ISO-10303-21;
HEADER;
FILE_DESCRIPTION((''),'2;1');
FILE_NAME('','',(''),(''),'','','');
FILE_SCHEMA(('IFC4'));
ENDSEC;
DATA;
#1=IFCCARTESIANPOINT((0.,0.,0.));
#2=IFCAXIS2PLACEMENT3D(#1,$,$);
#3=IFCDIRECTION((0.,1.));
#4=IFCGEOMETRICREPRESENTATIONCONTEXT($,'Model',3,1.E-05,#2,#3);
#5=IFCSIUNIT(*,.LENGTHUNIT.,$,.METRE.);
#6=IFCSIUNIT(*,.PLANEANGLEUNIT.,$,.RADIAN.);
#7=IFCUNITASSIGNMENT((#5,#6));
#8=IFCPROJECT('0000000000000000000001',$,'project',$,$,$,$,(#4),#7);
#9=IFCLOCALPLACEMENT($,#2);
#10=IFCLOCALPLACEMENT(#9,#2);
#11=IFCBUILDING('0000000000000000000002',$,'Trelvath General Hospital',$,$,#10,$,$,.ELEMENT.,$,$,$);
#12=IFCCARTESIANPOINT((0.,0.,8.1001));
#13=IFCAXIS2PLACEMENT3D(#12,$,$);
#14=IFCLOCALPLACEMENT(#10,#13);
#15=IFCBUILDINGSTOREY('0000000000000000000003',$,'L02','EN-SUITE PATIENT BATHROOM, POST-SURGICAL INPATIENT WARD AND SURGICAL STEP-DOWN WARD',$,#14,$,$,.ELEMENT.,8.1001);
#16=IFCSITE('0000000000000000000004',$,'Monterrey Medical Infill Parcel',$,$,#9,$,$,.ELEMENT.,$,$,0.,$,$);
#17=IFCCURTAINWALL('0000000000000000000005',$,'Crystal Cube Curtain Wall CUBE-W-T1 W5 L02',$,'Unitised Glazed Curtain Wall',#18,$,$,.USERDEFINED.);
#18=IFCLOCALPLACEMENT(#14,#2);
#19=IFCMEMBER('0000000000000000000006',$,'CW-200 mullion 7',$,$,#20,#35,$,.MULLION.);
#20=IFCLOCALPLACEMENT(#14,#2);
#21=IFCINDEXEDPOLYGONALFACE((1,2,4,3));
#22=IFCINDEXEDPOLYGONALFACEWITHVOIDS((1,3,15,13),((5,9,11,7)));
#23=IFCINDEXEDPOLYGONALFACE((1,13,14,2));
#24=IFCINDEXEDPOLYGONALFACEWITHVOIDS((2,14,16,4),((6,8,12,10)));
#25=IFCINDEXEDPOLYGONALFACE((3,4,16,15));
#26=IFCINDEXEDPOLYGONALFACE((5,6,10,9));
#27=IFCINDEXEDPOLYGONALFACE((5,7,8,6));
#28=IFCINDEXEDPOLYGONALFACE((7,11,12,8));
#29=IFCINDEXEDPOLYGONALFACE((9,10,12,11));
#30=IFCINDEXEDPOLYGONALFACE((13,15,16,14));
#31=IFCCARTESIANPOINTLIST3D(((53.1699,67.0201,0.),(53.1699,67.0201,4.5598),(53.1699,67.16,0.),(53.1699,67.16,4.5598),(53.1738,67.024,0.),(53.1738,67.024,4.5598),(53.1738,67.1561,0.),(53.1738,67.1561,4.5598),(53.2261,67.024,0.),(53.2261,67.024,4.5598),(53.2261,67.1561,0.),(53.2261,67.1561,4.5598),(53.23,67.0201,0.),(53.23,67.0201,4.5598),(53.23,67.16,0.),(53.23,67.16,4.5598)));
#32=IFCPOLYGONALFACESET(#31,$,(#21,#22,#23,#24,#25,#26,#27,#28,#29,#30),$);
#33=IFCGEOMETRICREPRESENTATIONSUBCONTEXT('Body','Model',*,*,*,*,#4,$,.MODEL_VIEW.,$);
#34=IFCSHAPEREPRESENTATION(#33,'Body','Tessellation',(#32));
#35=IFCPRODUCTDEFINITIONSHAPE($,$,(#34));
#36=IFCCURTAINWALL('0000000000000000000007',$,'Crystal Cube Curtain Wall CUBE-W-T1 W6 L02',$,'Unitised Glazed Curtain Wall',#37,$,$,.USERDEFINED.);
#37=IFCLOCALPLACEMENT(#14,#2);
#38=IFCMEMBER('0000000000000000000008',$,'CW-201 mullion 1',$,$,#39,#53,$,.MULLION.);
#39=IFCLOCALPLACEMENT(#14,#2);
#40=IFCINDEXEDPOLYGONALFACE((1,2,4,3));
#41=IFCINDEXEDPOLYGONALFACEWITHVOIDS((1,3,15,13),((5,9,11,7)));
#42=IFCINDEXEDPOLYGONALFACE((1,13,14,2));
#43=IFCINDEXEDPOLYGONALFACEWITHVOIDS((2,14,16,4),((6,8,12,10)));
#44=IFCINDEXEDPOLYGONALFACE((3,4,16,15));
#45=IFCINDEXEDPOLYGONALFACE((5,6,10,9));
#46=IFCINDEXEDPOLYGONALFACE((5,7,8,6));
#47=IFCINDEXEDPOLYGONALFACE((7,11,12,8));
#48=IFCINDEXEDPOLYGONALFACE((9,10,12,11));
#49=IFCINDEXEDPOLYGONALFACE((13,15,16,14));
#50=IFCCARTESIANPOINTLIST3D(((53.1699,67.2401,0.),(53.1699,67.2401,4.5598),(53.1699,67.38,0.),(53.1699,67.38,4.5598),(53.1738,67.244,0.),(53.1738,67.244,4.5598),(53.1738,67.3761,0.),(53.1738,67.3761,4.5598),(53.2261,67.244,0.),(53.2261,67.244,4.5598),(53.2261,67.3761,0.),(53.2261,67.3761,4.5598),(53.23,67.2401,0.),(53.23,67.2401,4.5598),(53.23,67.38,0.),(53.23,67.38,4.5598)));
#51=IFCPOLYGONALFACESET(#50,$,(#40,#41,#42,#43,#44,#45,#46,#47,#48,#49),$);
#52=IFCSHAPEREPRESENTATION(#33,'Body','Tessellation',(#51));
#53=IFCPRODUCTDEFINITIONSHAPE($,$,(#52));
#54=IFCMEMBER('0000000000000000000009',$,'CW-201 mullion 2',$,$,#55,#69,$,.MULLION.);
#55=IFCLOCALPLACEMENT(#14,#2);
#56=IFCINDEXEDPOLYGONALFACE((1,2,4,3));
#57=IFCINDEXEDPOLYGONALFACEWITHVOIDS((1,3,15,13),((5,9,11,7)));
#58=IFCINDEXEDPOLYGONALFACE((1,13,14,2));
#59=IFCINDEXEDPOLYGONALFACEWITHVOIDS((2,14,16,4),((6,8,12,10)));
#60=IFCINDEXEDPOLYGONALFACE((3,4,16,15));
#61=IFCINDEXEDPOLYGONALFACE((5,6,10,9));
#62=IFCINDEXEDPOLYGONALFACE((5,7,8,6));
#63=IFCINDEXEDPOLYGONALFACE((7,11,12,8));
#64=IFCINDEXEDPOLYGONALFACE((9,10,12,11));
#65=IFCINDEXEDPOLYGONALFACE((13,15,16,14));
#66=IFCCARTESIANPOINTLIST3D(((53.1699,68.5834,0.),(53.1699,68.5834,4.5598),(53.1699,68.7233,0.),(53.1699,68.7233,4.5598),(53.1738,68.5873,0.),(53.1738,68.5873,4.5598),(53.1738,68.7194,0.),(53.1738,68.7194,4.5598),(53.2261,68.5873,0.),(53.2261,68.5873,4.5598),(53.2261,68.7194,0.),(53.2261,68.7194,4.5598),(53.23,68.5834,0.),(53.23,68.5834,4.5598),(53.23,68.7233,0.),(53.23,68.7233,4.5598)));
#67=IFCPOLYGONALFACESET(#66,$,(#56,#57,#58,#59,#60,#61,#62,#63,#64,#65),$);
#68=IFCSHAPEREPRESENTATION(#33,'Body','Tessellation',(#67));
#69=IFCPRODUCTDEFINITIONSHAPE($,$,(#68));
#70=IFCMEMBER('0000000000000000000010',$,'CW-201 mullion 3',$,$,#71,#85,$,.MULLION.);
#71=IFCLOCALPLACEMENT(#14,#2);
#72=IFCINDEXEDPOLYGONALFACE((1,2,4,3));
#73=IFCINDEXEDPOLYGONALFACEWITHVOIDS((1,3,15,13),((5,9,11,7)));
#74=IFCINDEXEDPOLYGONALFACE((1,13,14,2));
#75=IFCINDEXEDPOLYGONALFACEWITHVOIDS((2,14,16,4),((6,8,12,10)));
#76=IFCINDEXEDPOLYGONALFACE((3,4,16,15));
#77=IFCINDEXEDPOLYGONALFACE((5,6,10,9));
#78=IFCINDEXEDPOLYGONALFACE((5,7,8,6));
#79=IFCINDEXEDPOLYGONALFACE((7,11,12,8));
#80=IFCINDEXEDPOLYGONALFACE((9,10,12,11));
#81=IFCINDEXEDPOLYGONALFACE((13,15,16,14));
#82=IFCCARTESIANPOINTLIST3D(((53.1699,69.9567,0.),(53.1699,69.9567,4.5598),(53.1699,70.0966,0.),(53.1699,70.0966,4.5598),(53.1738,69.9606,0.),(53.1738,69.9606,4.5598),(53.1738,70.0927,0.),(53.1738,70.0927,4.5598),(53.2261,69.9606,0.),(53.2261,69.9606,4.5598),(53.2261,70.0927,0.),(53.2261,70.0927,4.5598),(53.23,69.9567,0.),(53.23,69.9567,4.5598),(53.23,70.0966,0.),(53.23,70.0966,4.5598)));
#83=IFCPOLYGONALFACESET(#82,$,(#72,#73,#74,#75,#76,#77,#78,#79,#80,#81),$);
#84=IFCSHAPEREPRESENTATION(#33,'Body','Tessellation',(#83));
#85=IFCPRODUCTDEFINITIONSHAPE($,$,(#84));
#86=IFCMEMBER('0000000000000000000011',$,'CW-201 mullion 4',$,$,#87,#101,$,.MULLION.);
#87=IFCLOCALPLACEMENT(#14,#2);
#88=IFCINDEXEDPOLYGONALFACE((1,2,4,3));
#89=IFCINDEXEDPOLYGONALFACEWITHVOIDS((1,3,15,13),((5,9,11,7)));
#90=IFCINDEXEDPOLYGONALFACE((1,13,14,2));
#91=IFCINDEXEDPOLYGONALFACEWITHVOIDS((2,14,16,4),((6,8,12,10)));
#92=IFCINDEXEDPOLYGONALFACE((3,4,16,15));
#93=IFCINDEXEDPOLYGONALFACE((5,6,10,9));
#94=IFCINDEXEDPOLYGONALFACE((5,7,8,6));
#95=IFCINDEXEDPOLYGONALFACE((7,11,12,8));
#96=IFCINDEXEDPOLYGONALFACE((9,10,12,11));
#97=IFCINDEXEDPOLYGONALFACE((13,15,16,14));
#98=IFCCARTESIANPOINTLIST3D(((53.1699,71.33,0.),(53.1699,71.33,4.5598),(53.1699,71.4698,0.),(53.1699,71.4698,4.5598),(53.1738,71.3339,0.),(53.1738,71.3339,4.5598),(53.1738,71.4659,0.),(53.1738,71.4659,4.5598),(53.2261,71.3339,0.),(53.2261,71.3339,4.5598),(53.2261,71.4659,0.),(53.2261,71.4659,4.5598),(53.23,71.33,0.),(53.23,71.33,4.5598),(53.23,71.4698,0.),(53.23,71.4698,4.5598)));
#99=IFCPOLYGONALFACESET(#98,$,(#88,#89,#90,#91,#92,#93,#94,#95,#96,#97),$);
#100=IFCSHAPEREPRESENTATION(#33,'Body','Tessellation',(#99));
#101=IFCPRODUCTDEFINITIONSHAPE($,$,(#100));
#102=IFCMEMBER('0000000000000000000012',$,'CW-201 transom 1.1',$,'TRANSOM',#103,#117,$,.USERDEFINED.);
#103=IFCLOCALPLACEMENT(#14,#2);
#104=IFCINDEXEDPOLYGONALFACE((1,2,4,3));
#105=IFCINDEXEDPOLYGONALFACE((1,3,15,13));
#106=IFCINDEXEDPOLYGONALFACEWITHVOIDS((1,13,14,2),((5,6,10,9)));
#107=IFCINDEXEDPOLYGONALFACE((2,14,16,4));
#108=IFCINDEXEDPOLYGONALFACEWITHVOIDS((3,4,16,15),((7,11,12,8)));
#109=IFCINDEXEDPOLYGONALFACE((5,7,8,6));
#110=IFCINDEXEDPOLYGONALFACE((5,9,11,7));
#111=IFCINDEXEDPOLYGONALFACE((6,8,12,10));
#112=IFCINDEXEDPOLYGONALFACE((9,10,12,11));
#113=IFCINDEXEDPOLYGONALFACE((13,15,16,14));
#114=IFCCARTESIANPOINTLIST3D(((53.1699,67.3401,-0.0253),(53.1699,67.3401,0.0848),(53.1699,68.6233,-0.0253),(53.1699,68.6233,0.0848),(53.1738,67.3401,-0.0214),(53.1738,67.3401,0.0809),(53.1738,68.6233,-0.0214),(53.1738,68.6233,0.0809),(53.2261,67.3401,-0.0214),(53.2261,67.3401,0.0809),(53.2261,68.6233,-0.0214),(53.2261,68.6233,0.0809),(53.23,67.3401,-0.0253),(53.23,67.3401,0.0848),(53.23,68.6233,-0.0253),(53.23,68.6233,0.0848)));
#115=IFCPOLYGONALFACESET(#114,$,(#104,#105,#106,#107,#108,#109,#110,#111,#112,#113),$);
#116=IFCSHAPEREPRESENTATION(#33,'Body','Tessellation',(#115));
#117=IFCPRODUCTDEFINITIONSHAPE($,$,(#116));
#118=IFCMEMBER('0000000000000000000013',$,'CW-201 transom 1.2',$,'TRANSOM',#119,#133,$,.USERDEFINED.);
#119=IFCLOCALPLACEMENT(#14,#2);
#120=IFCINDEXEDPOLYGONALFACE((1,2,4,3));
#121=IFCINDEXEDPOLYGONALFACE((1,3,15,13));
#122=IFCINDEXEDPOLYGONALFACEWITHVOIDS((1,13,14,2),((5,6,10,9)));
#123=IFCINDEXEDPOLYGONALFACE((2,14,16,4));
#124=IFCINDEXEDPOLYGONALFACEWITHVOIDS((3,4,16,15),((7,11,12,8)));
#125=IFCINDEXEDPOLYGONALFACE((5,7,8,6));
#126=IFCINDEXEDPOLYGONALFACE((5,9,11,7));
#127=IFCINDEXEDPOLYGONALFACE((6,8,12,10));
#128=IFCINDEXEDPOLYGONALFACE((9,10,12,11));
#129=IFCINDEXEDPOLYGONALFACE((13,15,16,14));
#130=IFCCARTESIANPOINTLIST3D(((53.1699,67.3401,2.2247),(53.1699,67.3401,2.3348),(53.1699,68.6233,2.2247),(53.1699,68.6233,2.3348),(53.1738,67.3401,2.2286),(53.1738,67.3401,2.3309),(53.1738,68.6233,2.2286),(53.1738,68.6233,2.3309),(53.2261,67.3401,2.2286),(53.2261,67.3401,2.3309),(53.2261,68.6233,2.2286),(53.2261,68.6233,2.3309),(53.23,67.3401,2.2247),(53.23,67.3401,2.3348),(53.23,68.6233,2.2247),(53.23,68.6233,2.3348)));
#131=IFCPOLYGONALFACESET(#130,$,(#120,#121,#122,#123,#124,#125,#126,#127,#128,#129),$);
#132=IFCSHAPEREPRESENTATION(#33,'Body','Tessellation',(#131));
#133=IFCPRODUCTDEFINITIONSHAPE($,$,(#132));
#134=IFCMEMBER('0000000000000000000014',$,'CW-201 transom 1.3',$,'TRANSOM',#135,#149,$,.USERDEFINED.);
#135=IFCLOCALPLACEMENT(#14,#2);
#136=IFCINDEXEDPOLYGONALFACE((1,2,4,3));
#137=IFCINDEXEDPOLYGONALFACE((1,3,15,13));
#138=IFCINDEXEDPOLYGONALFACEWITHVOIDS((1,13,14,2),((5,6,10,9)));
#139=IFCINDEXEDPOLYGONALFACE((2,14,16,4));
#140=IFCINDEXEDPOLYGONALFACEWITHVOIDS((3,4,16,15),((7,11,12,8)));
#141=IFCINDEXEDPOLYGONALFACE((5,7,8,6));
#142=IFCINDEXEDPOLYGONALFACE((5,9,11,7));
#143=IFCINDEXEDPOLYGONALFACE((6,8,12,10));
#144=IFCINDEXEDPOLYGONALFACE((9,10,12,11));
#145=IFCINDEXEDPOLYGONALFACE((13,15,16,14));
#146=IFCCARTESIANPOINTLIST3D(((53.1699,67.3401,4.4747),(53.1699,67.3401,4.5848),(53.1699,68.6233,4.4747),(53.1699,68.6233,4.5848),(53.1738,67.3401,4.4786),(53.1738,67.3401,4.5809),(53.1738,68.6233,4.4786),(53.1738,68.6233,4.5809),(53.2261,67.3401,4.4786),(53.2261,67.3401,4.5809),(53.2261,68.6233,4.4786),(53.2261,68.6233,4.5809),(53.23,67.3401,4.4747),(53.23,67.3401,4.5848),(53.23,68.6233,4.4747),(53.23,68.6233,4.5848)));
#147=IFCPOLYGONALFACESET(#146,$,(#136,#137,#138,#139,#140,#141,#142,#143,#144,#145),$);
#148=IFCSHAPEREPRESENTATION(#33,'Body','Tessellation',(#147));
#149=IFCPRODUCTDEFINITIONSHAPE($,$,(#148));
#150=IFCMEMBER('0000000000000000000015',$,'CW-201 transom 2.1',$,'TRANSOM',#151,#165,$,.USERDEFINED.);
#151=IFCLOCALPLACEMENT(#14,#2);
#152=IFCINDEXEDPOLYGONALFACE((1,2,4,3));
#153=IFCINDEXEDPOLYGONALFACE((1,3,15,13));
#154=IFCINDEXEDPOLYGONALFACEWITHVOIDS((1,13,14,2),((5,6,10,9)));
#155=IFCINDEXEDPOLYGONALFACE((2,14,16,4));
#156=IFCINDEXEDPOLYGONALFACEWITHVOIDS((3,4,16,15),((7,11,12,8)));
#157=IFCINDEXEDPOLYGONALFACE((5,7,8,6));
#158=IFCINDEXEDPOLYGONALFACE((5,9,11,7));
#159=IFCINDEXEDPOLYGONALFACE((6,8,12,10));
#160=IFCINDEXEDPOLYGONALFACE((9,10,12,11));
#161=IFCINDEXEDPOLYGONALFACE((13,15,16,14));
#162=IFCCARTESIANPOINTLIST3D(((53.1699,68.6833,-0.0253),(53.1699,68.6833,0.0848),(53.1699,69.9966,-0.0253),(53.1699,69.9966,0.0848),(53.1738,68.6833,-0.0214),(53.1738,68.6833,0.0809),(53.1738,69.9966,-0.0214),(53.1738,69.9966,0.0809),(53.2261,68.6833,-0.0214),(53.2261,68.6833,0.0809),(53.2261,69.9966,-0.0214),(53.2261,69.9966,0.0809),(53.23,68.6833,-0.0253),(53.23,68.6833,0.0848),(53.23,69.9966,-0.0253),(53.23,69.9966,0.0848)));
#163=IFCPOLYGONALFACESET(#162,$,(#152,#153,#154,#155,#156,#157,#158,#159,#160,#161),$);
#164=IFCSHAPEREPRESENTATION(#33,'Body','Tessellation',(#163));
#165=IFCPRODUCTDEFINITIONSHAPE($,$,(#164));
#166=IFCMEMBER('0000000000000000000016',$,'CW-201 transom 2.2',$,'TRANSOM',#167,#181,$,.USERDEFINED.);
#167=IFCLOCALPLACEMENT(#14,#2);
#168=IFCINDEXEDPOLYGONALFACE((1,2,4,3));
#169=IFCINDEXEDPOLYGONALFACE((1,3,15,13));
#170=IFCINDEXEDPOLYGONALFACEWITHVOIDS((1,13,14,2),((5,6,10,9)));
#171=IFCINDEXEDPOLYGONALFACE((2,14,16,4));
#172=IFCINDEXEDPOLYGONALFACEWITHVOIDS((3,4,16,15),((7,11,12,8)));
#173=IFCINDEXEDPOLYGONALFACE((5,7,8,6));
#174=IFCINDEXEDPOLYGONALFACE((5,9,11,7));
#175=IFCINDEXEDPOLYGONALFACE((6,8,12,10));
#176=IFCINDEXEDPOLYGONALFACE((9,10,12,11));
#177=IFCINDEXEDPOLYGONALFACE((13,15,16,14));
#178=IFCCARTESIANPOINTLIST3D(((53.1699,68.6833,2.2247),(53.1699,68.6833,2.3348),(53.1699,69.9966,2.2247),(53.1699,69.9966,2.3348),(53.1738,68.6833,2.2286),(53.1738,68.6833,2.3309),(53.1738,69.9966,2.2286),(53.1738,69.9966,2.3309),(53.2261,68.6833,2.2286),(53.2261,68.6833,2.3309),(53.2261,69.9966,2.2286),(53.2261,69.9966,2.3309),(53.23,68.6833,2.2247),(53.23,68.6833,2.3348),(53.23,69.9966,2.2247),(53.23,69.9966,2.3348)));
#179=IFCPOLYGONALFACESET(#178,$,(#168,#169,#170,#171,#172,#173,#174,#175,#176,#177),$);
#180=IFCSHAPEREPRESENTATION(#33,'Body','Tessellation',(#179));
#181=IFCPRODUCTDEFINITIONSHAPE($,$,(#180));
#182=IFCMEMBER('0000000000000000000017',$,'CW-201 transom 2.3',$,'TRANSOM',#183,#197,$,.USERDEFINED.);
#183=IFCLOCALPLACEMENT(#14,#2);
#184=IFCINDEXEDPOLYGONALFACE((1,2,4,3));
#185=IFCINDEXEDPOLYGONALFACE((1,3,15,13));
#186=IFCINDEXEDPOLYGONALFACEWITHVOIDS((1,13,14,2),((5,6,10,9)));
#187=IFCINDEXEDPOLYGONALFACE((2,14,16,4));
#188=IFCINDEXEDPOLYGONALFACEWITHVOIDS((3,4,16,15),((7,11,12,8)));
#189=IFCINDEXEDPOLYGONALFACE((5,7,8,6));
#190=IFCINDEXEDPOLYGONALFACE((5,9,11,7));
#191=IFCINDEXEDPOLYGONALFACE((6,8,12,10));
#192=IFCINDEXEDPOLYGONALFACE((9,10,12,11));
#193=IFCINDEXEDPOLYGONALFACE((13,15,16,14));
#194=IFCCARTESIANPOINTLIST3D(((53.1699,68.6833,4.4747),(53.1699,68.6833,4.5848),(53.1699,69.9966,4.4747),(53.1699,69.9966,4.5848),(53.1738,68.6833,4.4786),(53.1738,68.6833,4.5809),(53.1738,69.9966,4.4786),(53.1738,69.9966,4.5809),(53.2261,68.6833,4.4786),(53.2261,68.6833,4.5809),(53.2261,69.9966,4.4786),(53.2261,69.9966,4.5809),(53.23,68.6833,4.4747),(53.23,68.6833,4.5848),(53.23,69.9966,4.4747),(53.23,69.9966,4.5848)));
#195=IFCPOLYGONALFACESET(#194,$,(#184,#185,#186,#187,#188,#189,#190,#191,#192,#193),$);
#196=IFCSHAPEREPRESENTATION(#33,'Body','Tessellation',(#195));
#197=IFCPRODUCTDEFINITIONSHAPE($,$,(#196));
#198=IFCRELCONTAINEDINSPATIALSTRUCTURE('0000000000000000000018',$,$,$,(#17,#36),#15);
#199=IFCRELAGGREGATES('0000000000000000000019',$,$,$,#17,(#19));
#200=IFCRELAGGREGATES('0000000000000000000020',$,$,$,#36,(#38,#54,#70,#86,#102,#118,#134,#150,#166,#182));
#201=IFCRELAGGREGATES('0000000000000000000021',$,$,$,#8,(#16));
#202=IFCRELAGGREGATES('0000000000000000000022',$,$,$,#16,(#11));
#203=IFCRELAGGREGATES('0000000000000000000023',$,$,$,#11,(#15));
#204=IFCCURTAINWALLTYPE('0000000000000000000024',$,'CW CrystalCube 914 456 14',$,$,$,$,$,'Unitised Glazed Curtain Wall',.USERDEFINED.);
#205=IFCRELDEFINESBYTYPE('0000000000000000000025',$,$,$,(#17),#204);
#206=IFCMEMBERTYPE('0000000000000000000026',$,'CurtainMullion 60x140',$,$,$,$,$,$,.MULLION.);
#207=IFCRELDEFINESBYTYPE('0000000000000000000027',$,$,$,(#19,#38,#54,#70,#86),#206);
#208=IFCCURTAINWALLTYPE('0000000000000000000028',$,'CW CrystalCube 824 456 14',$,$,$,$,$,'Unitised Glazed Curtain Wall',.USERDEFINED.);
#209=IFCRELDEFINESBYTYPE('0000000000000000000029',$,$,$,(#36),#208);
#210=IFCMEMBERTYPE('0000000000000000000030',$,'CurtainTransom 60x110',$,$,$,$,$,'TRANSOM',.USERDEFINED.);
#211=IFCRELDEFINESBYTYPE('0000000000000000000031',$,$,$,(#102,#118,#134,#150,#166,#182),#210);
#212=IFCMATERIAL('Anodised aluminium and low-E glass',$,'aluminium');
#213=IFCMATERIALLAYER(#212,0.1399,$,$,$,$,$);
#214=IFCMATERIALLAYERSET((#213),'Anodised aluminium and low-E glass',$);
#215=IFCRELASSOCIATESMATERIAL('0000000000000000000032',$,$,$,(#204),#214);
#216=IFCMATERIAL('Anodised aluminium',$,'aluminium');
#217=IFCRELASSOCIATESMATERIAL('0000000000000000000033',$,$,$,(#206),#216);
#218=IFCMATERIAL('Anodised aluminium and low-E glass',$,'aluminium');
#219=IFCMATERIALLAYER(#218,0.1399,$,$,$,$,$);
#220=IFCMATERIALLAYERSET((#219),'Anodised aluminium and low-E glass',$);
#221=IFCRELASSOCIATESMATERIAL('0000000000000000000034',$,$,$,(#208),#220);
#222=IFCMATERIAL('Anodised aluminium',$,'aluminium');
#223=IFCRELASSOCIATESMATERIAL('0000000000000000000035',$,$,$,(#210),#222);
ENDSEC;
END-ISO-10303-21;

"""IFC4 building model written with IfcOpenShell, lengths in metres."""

from ifc_helpers import new_model, si_unit, direction, frame, origin, origin_2d, place, context, subcontext, project, spatial, hollow_rectangle, extrude, material, layer, layer_set, material_profile, profile_set, type_object, element, aggregate, save


model = new_model("IFC4")

# Units and contexts
model_context = context("Model", 3, precision=1e-05, world=origin(), true_north=direction((0.0, 1.0)))
body_context = subcontext(model_context, "Body", "Model", "MODEL_VIEW")
ifc_project = project(units=[si_unit("LENGTHUNIT", "METRE"), si_unit("PLANEANGLEUNIT", "RADIAN")], contexts=[model_context])

# Site, building, storey
site_placement = place(None, origin())
site = spatial("IfcSite", under=ifc_project, at=site_placement, Name="Monterrey Medical Infill Parcel", CompositionType="ELEMENT", RefElevation=0.0)
building_placement = place(site_placement, origin())
building = spatial("IfcBuilding", under=site, at=building_placement, Name="Trelvath General Hospital", CompositionType="ELEMENT")
storey_placement = place(building_placement, frame((0.0, 0.0, 8.1001)))
storey = spatial("IfcBuildingStorey", under=building, at=storey_placement, Name="L02", Description="EN-SUITE PATIENT BATHROOM, POST-SURGICAL INPATIENT WARD AND SURGICAL STEP-DOWN WARD", CompositionType="ELEMENT", Elevation=8.1001)

# Curtain wall, member
ifc_material_1 = material(Name="Anodised aluminium and low-E glass", Category="aluminium")
ifc_layer_1 = layer(ifc_material_1, 0.1399)
ifc_layer_set_1 = layer_set([ifc_layer_1], Name="Anodised aluminium and low-E glass")
curtain_wall_type_1 = type_object("IfcCurtainWallType", Name="CW CrystalCube 914 456 14", ElementType="Unitised Glazed Curtain Wall", PredefinedType="USERDEFINED", material=ifc_layer_set_1)
curtain_wall_1_placement = place(storey_placement, origin())
curtain_wall_1 = element("IfcCurtainWall", 1, at=curtain_wall_1_placement, inside=storey, type_object=curtain_wall_type_1, Name="Crystal Cube Curtain Wall CUBE-W-T1 W5 L02", ObjectType="Unitised Glazed Curtain Wall", PredefinedType="USERDEFINED")
ifc_material_2 = material(Name="Anodised aluminium", Category="aluminium")
ifc_material_profile_1 = material_profile(ifc_material_2, hollow_rectangle(XDim=0.0601, YDim=0.1399, WallThickness=0.0039, at=origin_2d()), Name="RHS60x140x4")
ifc_profile_set_1 = profile_set([ifc_material_profile_1], Name="Anodised aluminium")
member_type_1 = type_object("IfcMemberType", Name="CurtainMullion 60x140", PredefinedType="MULLION", material=ifc_profile_set_1)
member_1_placement = place(storey_placement, frame((53.2, 67.0901, 0.0), z_axis=(0.0, 0.0, 1.0), x_axis=(-1.0, 0.0, 0.0)))
member_1 = element("IfcMember", 2, at=member_1_placement, type_object=member_type_1, Name="CW-200 mullion 7", PredefinedType="MULLION", context=body_context, shape_type="SweptSolid", body=[
    extrude(hollow_rectangle(XDim=0.0601, YDim=0.1399, WallThickness=0.0039, at=origin_2d()), origin(), (0.0, 0.0, 1.0), 4.5598),
])

# Curtain wall, members
ifc_material_3 = material(Name="Anodised aluminium and low-E glass", Category="aluminium")
ifc_layer_2 = layer(ifc_material_3, 0.1399)
ifc_layer_set_2 = layer_set([ifc_layer_2], Name="Anodised aluminium and low-E glass")
curtain_wall_type_2 = type_object("IfcCurtainWallType", Name="CW CrystalCube 824 456 14", ElementType="Unitised Glazed Curtain Wall", PredefinedType="USERDEFINED", material=ifc_layer_set_2)
curtain_wall_2_placement = place(storey_placement, origin())
curtain_wall_2 = element("IfcCurtainWall", 3, at=curtain_wall_2_placement, inside=storey, type_object=curtain_wall_type_2, Name="Crystal Cube Curtain Wall CUBE-W-T1 W6 L02", ObjectType="Unitised Glazed Curtain Wall", PredefinedType="USERDEFINED")
member_2_placement = place(storey_placement, frame((53.2, 67.3101, 0.0), z_axis=(0.0, 0.0, 1.0), x_axis=(-1.0, 0.0, 0.0)))
member_2 = element("IfcMember", 4, at=member_2_placement, type_object=member_type_1, Name="CW-201 mullion 1", PredefinedType="MULLION", context=body_context, shape_type="SweptSolid", body=[
    extrude(hollow_rectangle(XDim=0.0601, YDim=0.1399, WallThickness=0.0039, at=origin_2d()), origin(), (0.0, 0.0, 1.0), 4.5598),
])
member_3_placement = place(storey_placement, frame((53.2, 68.6533, 0.0), z_axis=(0.0, 0.0, 1.0), x_axis=(-1.0, 0.0, 0.0)))
member_3 = element("IfcMember", 5, at=member_3_placement, type_object=member_type_1, Name="CW-201 mullion 2", PredefinedType="MULLION", context=body_context, shape_type="SweptSolid", body=[
    extrude(hollow_rectangle(XDim=0.0601, YDim=0.1399, WallThickness=0.0039, at=origin_2d()), origin(), (0.0, 0.0, 1.0), 4.5598),
])
member_4_placement = place(storey_placement, frame((53.2, 70.0266, 0.0), z_axis=(0.0, 0.0, 1.0), x_axis=(-1.0, 0.0, 0.0)))
member_4 = element("IfcMember", 6, at=member_4_placement, type_object=member_type_1, Name="CW-201 mullion 3", PredefinedType="MULLION", context=body_context, shape_type="SweptSolid", body=[
    extrude(hollow_rectangle(XDim=0.0601, YDim=0.1399, WallThickness=0.0039, at=origin_2d()), origin(), (0.0, 0.0, 1.0), 4.5598),
])
member_5_placement = place(storey_placement, frame((53.2, 71.3999, 0.0), z_axis=(0.0, 0.0, 1.0), x_axis=(-1.0, 0.0, 0.0)))
member_5 = element("IfcMember", 7, at=member_5_placement, type_object=member_type_1, Name="CW-201 mullion 4", PredefinedType="MULLION", context=body_context, shape_type="SweptSolid", body=[
    extrude(hollow_rectangle(XDim=0.0601, YDim=0.1399, WallThickness=0.0039, at=origin_2d()), origin(), (0.0, 0.0, 1.0), 4.5598),
])
ifc_material_4 = material(Name="Anodised aluminium", Category="aluminium")
ifc_material_profile_2 = material_profile(ifc_material_4, hollow_rectangle(XDim=0.0601, YDim=0.1101, WallThickness=0.0039, at=origin_2d()), Name="RHS60x110x4")
ifc_profile_set_2 = profile_set([ifc_material_profile_2], Name="Anodised aluminium")
member_type_2 = type_object("IfcMemberType", Name="CurtainTransom 60x110", ElementType="TRANSOM", PredefinedType="USERDEFINED", material=ifc_profile_set_2)
member_6_placement = place(storey_placement, frame((53.2, 67.3401, 0.0298), z_axis=(0.0, 1.0, 0.0), x_axis=(-1.0, 0.0, 0.0)))
member_6 = element("IfcMember", 8, at=member_6_placement, type_object=member_type_2, Name="CW-201 transom 1.1", ObjectType="TRANSOM", PredefinedType="USERDEFINED", context=body_context, shape_type="SweptSolid", body=[
    extrude(hollow_rectangle(XDim=0.0601, YDim=0.1101, WallThickness=0.0039, at=origin_2d()), origin(), (0.0, 0.0, 1.0), 1.2832),
])
member_7_placement = place(storey_placement, frame((53.2, 67.3401, 2.2798), z_axis=(0.0, 1.0, 0.0), x_axis=(-1.0, 0.0, 0.0)))
member_7 = element("IfcMember", 9, at=member_7_placement, type_object=member_type_2, Name="CW-201 transom 1.2", ObjectType="TRANSOM", PredefinedType="USERDEFINED", context=body_context, shape_type="SweptSolid", body=[
    extrude(hollow_rectangle(XDim=0.0601, YDim=0.1101, WallThickness=0.0039, at=origin_2d()), origin(), (0.0, 0.0, 1.0), 1.2832),
])
member_8_placement = place(storey_placement, frame((53.2, 67.3401, 4.5298), z_axis=(0.0, 1.0, 0.0), x_axis=(-1.0, 0.0, 0.0)))
member_8 = element("IfcMember", 10, at=member_8_placement, type_object=member_type_2, Name="CW-201 transom 1.3", ObjectType="TRANSOM", PredefinedType="USERDEFINED", context=body_context, shape_type="SweptSolid", body=[
    extrude(hollow_rectangle(XDim=0.0601, YDim=0.1101, WallThickness=0.0039, at=origin_2d()), origin(), (0.0, 0.0, 1.0), 1.2832),
])
member_9_placement = place(storey_placement, frame((53.2, 68.6833, 0.0298), z_axis=(0.0, 1.0, 0.0), x_axis=(-1.0, 0.0, 0.0)))
member_9 = element("IfcMember", 11, at=member_9_placement, type_object=member_type_2, Name="CW-201 transom 2.1", ObjectType="TRANSOM", PredefinedType="USERDEFINED", context=body_context, shape_type="SweptSolid", body=[
    extrude(hollow_rectangle(XDim=0.0601, YDim=0.1101, WallThickness=0.0039, at=origin_2d()), origin(), (0.0, 0.0, 1.0), 1.3132),
])
member_10_placement = place(storey_placement, frame((53.2, 68.6833, 2.2798), z_axis=(0.0, 1.0, 0.0), x_axis=(-1.0, 0.0, 0.0)))
member_10 = element("IfcMember", 12, at=member_10_placement, type_object=member_type_2, Name="CW-201 transom 2.2", ObjectType="TRANSOM", PredefinedType="USERDEFINED", context=body_context, shape_type="SweptSolid", body=[
    extrude(hollow_rectangle(XDim=0.0601, YDim=0.1101, WallThickness=0.0039, at=origin_2d()), origin(), (0.0, 0.0, 1.0), 1.3132),
])
member_11_placement = place(storey_placement, frame((53.2, 68.6833, 4.5298), z_axis=(0.0, 1.0, 0.0), x_axis=(-1.0, 0.0, 0.0)))
member_11 = element("IfcMember", 13, at=member_11_placement, type_object=member_type_2, Name="CW-201 transom 2.3", ObjectType="TRANSOM", PredefinedType="USERDEFINED", context=body_context, shape_type="SweptSolid", body=[
    extrude(hollow_rectangle(XDim=0.0601, YDim=0.1101, WallThickness=0.0039, at=origin_2d()), origin(), (0.0, 0.0, 1.0), 1.3132),
])

aggregate(curtain_wall_1, [member_1])
aggregate(curtain_wall_2, [member_2, member_3, member_4, member_5, member_6, member_7, member_8, member_9, member_10, member_11])

save(model, "model.ifc")
